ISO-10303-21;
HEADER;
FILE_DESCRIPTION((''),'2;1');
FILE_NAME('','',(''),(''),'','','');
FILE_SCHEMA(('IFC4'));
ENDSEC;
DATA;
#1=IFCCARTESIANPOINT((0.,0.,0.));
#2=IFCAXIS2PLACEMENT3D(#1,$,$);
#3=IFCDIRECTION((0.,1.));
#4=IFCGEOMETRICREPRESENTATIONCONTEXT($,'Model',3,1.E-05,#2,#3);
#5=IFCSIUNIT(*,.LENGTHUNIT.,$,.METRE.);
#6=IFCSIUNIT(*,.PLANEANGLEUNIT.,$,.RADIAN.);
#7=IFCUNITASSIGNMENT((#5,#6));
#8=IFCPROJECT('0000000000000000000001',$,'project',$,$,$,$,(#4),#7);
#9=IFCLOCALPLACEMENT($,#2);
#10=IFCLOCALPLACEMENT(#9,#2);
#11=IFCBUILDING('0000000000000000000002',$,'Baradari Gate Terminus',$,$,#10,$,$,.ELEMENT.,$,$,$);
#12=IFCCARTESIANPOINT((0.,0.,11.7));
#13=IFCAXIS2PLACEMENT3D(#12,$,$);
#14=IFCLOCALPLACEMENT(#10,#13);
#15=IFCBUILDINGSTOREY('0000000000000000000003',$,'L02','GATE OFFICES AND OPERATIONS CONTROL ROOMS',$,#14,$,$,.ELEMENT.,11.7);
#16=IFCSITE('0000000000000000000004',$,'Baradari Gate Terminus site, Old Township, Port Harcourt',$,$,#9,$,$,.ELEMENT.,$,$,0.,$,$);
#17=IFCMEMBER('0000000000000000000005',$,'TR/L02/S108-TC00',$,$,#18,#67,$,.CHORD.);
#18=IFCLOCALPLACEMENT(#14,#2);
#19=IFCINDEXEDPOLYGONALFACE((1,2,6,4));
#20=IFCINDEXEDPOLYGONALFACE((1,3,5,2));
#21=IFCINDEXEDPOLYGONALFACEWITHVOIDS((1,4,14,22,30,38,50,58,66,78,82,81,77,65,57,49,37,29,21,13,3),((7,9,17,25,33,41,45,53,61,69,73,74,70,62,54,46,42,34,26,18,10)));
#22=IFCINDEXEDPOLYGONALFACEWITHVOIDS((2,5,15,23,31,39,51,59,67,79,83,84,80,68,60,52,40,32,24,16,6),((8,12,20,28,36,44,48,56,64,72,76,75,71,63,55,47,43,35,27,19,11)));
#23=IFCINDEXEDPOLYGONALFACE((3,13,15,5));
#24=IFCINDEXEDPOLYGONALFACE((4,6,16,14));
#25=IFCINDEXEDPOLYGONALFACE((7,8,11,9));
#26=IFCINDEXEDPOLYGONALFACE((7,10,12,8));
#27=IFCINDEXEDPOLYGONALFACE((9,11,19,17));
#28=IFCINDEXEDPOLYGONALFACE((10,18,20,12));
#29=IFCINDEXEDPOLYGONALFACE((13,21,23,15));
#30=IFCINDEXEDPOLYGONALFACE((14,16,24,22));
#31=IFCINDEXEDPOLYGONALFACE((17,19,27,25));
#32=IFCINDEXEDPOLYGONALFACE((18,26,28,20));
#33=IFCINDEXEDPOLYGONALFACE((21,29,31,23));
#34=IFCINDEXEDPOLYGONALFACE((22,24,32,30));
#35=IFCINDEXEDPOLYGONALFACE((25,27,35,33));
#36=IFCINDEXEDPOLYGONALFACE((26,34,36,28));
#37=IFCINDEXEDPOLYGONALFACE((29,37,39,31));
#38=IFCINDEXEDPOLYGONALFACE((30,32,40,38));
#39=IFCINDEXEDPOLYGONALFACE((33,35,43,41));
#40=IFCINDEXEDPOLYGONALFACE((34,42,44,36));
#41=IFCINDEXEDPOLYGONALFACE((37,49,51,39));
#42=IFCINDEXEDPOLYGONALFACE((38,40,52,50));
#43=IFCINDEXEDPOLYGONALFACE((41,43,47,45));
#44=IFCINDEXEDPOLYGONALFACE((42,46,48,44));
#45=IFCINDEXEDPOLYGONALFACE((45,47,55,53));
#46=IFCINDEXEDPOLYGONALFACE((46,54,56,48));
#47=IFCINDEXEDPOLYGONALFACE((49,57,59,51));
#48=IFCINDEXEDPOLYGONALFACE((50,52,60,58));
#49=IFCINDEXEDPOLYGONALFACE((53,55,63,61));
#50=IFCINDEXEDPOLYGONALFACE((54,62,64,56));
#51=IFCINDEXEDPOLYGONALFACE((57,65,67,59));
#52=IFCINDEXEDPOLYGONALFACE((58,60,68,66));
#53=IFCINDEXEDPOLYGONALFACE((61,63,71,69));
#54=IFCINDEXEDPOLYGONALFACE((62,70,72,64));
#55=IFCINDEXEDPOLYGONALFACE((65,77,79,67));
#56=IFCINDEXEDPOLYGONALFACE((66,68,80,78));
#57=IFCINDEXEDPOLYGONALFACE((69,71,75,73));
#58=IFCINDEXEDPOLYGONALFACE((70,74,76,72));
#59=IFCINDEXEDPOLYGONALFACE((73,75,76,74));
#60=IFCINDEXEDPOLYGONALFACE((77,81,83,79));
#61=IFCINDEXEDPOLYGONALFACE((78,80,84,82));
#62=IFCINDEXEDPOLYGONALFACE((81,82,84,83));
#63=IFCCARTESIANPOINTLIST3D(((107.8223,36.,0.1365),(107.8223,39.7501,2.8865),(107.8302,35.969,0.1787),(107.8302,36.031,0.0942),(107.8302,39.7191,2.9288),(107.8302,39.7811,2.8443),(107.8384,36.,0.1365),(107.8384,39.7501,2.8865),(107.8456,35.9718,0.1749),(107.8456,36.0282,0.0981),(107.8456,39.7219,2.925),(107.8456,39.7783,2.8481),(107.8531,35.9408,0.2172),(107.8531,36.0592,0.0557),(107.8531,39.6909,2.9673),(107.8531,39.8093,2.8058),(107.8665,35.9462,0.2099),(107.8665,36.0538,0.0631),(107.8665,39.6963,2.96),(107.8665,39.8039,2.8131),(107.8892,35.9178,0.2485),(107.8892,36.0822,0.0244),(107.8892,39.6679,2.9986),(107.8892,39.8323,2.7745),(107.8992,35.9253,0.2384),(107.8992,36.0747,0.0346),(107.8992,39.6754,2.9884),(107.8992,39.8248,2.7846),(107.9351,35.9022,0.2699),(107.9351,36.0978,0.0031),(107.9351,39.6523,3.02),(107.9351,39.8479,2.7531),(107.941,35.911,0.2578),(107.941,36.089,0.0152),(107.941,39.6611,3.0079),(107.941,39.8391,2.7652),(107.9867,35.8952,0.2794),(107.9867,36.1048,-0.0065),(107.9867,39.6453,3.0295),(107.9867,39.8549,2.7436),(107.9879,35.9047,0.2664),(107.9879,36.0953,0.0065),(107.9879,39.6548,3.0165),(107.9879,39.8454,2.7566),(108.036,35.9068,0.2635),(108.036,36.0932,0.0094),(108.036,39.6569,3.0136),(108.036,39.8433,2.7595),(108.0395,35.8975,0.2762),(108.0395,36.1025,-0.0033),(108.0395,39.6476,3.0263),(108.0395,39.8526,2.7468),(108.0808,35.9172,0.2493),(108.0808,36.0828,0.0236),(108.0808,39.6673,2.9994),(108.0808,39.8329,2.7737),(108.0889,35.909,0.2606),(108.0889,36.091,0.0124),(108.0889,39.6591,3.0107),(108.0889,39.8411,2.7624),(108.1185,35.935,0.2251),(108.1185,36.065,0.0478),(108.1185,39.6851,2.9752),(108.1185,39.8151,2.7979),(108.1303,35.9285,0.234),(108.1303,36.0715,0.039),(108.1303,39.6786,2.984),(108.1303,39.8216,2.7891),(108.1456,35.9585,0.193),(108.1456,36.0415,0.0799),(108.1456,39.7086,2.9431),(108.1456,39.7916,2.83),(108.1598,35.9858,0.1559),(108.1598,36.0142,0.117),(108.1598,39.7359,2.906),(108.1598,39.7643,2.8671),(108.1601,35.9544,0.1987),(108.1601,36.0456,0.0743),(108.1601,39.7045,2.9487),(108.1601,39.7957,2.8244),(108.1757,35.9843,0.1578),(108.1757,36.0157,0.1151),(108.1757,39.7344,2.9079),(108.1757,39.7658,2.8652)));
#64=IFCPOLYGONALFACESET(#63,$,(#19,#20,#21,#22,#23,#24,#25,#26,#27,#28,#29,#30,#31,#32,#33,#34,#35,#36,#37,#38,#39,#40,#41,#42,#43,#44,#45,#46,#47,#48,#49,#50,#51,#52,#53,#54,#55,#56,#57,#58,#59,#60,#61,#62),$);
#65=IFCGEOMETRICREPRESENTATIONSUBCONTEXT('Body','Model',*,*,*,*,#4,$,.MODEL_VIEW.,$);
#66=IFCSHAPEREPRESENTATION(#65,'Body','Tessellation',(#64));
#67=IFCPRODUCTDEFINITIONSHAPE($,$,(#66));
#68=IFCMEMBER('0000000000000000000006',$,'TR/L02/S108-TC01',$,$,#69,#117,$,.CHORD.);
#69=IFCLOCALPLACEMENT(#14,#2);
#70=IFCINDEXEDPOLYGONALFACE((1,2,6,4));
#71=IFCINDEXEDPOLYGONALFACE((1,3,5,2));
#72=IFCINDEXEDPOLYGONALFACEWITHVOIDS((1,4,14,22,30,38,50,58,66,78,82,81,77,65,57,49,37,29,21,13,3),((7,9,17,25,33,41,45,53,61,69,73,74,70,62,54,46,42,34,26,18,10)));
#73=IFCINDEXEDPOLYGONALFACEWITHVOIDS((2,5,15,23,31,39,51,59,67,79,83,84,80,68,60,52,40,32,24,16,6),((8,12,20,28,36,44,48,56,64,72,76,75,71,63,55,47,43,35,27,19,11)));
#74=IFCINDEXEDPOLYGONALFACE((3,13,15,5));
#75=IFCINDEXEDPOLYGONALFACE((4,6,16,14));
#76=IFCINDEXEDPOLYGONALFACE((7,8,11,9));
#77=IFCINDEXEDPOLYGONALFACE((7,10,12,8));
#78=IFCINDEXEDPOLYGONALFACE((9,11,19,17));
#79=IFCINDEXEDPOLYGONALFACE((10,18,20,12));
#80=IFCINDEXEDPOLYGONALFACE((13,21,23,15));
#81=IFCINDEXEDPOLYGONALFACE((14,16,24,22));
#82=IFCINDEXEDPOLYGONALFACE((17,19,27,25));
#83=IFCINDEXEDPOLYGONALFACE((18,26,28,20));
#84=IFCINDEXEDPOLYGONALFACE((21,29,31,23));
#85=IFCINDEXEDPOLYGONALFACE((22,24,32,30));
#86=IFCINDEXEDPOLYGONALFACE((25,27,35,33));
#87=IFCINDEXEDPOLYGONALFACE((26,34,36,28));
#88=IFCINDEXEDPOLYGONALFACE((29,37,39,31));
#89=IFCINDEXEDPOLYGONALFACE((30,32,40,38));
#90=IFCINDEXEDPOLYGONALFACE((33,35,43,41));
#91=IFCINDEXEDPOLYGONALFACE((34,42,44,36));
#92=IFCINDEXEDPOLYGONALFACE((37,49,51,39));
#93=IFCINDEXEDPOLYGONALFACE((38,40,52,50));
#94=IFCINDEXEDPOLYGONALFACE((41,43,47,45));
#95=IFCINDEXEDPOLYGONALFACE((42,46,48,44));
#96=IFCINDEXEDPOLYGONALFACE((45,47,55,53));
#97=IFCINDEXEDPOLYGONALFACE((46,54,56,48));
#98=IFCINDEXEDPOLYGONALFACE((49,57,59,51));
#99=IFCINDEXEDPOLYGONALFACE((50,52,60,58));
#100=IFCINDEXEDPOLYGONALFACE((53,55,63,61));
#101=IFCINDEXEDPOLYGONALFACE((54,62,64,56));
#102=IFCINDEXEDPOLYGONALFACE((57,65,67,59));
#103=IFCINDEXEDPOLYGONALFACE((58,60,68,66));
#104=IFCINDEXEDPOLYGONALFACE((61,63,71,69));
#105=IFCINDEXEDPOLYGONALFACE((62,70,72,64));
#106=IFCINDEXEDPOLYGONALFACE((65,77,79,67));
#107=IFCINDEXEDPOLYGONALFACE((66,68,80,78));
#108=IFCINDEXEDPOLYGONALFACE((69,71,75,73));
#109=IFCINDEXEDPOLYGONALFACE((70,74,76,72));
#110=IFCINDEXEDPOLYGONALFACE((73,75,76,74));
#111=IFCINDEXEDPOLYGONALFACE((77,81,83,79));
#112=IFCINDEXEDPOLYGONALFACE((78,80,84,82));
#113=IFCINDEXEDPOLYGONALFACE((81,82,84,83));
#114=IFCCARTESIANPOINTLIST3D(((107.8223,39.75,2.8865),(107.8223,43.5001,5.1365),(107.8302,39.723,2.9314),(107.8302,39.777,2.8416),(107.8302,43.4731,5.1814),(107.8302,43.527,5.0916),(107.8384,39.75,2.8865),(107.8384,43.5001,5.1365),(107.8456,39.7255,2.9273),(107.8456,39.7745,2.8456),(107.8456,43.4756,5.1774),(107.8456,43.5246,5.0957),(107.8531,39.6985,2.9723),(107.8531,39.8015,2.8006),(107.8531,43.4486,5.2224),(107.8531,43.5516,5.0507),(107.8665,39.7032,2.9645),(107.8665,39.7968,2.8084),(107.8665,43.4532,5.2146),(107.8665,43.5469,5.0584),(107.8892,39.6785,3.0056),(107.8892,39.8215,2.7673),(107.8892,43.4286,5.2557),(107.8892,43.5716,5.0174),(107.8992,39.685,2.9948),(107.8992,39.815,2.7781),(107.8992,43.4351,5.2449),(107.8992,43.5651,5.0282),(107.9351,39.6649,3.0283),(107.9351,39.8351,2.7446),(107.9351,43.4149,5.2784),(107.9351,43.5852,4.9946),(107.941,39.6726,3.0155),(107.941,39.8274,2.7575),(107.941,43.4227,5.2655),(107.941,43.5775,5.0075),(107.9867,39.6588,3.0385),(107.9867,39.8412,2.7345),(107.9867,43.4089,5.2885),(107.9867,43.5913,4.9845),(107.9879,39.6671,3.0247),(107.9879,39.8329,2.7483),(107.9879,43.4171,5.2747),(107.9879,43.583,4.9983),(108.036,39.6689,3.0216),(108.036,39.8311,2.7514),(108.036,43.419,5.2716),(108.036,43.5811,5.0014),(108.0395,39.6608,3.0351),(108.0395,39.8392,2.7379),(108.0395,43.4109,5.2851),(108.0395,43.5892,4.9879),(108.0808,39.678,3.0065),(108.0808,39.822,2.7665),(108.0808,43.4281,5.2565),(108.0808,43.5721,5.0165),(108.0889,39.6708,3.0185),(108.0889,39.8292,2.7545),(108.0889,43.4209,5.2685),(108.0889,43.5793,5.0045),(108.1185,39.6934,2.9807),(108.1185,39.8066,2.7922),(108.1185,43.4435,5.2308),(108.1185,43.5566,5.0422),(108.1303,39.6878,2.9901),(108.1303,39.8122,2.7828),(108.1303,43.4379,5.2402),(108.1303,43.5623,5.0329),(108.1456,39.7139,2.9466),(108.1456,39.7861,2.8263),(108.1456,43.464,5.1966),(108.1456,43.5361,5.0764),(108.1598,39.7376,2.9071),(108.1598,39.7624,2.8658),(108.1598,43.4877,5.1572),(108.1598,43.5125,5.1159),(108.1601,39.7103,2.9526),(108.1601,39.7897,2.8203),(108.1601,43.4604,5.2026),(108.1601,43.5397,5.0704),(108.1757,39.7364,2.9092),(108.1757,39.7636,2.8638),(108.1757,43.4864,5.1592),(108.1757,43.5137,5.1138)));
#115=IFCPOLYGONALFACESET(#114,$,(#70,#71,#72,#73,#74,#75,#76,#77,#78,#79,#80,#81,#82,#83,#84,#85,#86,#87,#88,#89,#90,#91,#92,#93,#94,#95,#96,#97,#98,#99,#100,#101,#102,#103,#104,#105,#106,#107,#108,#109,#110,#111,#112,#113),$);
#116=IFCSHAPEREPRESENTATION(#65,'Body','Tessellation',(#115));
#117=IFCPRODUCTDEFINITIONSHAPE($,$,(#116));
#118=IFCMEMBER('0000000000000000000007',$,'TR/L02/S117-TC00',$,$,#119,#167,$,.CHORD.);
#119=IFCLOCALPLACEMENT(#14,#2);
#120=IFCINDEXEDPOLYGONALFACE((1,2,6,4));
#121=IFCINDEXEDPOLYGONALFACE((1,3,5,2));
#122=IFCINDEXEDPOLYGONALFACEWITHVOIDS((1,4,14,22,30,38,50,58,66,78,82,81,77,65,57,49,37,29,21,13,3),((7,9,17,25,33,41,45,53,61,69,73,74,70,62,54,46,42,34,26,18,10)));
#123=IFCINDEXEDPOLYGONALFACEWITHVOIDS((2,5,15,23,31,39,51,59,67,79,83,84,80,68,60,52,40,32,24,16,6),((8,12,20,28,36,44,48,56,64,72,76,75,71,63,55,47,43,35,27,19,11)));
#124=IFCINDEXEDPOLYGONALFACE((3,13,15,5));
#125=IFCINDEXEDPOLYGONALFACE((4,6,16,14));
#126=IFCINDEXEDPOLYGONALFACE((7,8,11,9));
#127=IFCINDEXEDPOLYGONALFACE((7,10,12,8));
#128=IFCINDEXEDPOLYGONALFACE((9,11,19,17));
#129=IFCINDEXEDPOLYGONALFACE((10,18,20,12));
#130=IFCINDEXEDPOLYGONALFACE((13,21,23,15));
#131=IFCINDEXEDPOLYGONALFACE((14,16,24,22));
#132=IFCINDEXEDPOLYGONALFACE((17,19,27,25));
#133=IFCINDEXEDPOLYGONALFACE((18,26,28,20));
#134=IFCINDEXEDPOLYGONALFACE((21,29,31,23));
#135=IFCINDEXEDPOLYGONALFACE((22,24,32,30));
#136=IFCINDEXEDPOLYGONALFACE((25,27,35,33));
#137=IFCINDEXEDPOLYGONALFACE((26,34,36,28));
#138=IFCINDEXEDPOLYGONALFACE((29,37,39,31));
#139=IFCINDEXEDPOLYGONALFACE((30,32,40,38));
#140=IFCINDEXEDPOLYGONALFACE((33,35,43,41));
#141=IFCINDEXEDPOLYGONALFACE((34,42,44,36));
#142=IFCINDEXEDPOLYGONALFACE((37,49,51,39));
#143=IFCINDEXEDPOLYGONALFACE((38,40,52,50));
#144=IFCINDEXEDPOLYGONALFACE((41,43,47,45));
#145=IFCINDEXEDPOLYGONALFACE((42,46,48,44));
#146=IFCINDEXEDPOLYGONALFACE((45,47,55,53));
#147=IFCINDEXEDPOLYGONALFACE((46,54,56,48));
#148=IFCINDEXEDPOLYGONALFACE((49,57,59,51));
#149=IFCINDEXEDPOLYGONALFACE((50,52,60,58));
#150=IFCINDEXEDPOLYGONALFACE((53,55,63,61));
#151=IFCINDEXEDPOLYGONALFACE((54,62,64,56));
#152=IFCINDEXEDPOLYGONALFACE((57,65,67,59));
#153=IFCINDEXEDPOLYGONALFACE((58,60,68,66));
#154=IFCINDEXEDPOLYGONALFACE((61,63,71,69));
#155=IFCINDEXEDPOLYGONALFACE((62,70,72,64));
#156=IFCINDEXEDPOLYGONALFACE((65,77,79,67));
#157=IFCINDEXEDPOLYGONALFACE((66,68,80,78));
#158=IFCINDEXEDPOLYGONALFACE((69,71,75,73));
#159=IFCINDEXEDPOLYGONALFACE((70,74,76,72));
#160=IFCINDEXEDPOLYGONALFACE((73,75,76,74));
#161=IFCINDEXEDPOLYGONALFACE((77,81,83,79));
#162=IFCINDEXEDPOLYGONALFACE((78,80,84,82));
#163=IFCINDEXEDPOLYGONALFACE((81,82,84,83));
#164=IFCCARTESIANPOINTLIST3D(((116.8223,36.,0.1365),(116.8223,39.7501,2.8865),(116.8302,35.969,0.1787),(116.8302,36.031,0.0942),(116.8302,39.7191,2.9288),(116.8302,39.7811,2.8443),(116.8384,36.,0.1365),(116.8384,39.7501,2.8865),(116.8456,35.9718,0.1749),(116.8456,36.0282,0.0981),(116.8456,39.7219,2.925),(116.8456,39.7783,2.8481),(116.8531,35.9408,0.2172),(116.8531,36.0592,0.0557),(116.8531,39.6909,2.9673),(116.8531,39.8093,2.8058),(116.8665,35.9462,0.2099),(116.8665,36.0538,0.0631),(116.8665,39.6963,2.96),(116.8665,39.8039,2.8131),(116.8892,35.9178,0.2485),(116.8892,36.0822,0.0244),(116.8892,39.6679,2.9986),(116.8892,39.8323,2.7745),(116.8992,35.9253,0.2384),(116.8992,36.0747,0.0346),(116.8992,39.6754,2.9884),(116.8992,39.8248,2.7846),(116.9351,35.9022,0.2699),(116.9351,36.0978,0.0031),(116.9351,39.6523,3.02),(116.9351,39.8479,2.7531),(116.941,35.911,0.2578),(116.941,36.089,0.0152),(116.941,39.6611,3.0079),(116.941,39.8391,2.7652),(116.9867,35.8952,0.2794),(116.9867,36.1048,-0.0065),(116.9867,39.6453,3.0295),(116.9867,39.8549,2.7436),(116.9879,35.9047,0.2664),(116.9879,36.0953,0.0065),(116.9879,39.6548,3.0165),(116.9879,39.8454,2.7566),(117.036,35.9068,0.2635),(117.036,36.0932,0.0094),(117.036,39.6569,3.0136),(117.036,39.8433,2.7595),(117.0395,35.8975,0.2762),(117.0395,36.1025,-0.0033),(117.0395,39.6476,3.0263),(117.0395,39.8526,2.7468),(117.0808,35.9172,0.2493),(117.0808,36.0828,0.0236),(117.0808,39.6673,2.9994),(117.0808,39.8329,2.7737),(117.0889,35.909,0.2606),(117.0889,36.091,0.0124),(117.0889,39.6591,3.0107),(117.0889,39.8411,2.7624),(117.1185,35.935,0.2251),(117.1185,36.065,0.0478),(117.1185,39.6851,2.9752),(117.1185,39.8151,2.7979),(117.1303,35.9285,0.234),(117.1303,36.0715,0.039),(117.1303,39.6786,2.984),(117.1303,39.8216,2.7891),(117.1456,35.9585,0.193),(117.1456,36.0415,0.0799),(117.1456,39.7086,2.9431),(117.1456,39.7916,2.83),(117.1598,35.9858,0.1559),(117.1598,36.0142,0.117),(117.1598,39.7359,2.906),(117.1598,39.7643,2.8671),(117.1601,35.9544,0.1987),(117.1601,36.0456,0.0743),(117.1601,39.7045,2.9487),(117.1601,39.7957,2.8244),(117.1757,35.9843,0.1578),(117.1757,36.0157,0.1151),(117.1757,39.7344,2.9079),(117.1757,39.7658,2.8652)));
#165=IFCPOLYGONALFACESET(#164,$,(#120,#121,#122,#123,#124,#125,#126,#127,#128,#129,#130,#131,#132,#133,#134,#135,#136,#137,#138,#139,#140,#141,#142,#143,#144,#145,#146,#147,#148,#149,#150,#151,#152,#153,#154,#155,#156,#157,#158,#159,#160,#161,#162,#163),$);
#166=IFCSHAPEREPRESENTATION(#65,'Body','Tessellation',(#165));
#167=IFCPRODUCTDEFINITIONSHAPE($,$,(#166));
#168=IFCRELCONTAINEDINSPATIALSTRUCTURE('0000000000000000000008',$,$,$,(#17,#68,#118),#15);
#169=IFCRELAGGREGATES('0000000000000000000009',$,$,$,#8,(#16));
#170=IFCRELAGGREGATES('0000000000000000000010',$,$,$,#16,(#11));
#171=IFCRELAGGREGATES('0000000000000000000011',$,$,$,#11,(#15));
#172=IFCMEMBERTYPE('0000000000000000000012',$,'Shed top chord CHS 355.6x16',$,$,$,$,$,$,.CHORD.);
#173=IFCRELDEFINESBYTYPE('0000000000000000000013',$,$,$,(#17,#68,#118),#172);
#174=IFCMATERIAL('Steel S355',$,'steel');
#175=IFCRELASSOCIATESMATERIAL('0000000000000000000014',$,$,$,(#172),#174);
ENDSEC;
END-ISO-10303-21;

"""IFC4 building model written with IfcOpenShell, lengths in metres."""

from ifc_helpers import new_model, si_unit, direction, frame, origin, origin_2d, place, context, subcontext, project, spatial, hollow_circle, extrude, material, material_profile, profile_set, type_object, element, save


model = new_model("IFC4")

# Units and contexts
model_context = context("Model", 3, precision=1e-05, world=origin(), true_north=direction((0.0, 1.0)))
body_context = subcontext(model_context, "Body", "Model", "MODEL_VIEW")
ifc_project = project(units=[si_unit("LENGTHUNIT", "METRE"), si_unit("PLANEANGLEUNIT", "RADIAN")], contexts=[model_context])

# Site, building, storey
site_placement = place(None, origin())
site = spatial("IfcSite", under=ifc_project, at=site_placement, Name="Baradari Gate Terminus site, Old Township, Port Harcourt", CompositionType="ELEMENT", RefElevation=0.0)
building_placement = place(site_placement, origin())
building = spatial("IfcBuilding", under=site, at=building_placement, Name="Baradari Gate Terminus", CompositionType="ELEMENT")
storey_placement = place(building_placement, frame((0.0, 0.0, 11.7)))
storey = spatial("IfcBuildingStorey", under=building, at=storey_placement, Name="L02", Description="GATE OFFICES AND OPERATIONS CONTROL ROOMS", CompositionType="ELEMENT", Elevation=11.7)

# Members
ifc_material_1 = material(Name="Steel S355", Category="steel")
ifc_material_profile_1 = material_profile(ifc_material_1, hollow_circle(Radius=0.1777, WallThickness=0.0161, at=origin_2d()), Name="CHS 355.6x16")
ifc_profile_set_1 = profile_set([ifc_material_profile_1], Name="Steel S355")
member_type_1 = type_object("IfcMemberType", Name="Shed top chord CHS 355.6x16", PredefinedType="CHORD", material=ifc_profile_set_1)
member_1_placement = place(storey_placement, frame((108.0, 36.0, 0.1365), z_axis=(0.0, 0.806405, 0.591364), x_axis=(-1.0, 0.0, 0.0)))
element("IfcMember", 1, at=member_1_placement, inside=storey, type_object=member_type_1, Name="TR/L02/S108-TC00", PredefinedType="CHORD", context=body_context, shape_type="SweptSolid", body=[
    extrude(hollow_circle(Radius=0.1777, WallThickness=0.0161, at=origin_2d()), origin(), (0.0, 0.0, 1.0), 4.6504),
])
member_2_placement = place(storey_placement, frame((108.0, 39.75, 2.8865), z_axis=(0.0, 0.857493, 0.514496), x_axis=(-1.0, 0.0, 0.0)))
element("IfcMember", 2, at=member_2_placement, inside=storey, type_object=member_type_1, Name="TR/L02/S108-TC01", PredefinedType="CHORD", context=body_context, shape_type="SweptSolid", body=[
    extrude(hollow_circle(Radius=0.1777, WallThickness=0.0161, at=origin_2d()), origin(), (0.0, 0.0, 1.0), 4.3733),
])
member_3_placement = place(storey_placement, frame((117.0, 36.0, 0.1365), z_axis=(0.0, 0.806405, 0.591364), x_axis=(-1.0, 0.0, 0.0)))
element("IfcMember", 3, at=member_3_placement, inside=storey, type_object=member_type_1, Name="TR/L02/S117-TC00", PredefinedType="CHORD", context=body_context, shape_type="SweptSolid", body=[
    extrude(hollow_circle(Radius=0.1777, WallThickness=0.0161, at=origin_2d()), origin(), (0.0, 0.0, 1.0), 4.6504),
])

save(model, "model.ifc")
